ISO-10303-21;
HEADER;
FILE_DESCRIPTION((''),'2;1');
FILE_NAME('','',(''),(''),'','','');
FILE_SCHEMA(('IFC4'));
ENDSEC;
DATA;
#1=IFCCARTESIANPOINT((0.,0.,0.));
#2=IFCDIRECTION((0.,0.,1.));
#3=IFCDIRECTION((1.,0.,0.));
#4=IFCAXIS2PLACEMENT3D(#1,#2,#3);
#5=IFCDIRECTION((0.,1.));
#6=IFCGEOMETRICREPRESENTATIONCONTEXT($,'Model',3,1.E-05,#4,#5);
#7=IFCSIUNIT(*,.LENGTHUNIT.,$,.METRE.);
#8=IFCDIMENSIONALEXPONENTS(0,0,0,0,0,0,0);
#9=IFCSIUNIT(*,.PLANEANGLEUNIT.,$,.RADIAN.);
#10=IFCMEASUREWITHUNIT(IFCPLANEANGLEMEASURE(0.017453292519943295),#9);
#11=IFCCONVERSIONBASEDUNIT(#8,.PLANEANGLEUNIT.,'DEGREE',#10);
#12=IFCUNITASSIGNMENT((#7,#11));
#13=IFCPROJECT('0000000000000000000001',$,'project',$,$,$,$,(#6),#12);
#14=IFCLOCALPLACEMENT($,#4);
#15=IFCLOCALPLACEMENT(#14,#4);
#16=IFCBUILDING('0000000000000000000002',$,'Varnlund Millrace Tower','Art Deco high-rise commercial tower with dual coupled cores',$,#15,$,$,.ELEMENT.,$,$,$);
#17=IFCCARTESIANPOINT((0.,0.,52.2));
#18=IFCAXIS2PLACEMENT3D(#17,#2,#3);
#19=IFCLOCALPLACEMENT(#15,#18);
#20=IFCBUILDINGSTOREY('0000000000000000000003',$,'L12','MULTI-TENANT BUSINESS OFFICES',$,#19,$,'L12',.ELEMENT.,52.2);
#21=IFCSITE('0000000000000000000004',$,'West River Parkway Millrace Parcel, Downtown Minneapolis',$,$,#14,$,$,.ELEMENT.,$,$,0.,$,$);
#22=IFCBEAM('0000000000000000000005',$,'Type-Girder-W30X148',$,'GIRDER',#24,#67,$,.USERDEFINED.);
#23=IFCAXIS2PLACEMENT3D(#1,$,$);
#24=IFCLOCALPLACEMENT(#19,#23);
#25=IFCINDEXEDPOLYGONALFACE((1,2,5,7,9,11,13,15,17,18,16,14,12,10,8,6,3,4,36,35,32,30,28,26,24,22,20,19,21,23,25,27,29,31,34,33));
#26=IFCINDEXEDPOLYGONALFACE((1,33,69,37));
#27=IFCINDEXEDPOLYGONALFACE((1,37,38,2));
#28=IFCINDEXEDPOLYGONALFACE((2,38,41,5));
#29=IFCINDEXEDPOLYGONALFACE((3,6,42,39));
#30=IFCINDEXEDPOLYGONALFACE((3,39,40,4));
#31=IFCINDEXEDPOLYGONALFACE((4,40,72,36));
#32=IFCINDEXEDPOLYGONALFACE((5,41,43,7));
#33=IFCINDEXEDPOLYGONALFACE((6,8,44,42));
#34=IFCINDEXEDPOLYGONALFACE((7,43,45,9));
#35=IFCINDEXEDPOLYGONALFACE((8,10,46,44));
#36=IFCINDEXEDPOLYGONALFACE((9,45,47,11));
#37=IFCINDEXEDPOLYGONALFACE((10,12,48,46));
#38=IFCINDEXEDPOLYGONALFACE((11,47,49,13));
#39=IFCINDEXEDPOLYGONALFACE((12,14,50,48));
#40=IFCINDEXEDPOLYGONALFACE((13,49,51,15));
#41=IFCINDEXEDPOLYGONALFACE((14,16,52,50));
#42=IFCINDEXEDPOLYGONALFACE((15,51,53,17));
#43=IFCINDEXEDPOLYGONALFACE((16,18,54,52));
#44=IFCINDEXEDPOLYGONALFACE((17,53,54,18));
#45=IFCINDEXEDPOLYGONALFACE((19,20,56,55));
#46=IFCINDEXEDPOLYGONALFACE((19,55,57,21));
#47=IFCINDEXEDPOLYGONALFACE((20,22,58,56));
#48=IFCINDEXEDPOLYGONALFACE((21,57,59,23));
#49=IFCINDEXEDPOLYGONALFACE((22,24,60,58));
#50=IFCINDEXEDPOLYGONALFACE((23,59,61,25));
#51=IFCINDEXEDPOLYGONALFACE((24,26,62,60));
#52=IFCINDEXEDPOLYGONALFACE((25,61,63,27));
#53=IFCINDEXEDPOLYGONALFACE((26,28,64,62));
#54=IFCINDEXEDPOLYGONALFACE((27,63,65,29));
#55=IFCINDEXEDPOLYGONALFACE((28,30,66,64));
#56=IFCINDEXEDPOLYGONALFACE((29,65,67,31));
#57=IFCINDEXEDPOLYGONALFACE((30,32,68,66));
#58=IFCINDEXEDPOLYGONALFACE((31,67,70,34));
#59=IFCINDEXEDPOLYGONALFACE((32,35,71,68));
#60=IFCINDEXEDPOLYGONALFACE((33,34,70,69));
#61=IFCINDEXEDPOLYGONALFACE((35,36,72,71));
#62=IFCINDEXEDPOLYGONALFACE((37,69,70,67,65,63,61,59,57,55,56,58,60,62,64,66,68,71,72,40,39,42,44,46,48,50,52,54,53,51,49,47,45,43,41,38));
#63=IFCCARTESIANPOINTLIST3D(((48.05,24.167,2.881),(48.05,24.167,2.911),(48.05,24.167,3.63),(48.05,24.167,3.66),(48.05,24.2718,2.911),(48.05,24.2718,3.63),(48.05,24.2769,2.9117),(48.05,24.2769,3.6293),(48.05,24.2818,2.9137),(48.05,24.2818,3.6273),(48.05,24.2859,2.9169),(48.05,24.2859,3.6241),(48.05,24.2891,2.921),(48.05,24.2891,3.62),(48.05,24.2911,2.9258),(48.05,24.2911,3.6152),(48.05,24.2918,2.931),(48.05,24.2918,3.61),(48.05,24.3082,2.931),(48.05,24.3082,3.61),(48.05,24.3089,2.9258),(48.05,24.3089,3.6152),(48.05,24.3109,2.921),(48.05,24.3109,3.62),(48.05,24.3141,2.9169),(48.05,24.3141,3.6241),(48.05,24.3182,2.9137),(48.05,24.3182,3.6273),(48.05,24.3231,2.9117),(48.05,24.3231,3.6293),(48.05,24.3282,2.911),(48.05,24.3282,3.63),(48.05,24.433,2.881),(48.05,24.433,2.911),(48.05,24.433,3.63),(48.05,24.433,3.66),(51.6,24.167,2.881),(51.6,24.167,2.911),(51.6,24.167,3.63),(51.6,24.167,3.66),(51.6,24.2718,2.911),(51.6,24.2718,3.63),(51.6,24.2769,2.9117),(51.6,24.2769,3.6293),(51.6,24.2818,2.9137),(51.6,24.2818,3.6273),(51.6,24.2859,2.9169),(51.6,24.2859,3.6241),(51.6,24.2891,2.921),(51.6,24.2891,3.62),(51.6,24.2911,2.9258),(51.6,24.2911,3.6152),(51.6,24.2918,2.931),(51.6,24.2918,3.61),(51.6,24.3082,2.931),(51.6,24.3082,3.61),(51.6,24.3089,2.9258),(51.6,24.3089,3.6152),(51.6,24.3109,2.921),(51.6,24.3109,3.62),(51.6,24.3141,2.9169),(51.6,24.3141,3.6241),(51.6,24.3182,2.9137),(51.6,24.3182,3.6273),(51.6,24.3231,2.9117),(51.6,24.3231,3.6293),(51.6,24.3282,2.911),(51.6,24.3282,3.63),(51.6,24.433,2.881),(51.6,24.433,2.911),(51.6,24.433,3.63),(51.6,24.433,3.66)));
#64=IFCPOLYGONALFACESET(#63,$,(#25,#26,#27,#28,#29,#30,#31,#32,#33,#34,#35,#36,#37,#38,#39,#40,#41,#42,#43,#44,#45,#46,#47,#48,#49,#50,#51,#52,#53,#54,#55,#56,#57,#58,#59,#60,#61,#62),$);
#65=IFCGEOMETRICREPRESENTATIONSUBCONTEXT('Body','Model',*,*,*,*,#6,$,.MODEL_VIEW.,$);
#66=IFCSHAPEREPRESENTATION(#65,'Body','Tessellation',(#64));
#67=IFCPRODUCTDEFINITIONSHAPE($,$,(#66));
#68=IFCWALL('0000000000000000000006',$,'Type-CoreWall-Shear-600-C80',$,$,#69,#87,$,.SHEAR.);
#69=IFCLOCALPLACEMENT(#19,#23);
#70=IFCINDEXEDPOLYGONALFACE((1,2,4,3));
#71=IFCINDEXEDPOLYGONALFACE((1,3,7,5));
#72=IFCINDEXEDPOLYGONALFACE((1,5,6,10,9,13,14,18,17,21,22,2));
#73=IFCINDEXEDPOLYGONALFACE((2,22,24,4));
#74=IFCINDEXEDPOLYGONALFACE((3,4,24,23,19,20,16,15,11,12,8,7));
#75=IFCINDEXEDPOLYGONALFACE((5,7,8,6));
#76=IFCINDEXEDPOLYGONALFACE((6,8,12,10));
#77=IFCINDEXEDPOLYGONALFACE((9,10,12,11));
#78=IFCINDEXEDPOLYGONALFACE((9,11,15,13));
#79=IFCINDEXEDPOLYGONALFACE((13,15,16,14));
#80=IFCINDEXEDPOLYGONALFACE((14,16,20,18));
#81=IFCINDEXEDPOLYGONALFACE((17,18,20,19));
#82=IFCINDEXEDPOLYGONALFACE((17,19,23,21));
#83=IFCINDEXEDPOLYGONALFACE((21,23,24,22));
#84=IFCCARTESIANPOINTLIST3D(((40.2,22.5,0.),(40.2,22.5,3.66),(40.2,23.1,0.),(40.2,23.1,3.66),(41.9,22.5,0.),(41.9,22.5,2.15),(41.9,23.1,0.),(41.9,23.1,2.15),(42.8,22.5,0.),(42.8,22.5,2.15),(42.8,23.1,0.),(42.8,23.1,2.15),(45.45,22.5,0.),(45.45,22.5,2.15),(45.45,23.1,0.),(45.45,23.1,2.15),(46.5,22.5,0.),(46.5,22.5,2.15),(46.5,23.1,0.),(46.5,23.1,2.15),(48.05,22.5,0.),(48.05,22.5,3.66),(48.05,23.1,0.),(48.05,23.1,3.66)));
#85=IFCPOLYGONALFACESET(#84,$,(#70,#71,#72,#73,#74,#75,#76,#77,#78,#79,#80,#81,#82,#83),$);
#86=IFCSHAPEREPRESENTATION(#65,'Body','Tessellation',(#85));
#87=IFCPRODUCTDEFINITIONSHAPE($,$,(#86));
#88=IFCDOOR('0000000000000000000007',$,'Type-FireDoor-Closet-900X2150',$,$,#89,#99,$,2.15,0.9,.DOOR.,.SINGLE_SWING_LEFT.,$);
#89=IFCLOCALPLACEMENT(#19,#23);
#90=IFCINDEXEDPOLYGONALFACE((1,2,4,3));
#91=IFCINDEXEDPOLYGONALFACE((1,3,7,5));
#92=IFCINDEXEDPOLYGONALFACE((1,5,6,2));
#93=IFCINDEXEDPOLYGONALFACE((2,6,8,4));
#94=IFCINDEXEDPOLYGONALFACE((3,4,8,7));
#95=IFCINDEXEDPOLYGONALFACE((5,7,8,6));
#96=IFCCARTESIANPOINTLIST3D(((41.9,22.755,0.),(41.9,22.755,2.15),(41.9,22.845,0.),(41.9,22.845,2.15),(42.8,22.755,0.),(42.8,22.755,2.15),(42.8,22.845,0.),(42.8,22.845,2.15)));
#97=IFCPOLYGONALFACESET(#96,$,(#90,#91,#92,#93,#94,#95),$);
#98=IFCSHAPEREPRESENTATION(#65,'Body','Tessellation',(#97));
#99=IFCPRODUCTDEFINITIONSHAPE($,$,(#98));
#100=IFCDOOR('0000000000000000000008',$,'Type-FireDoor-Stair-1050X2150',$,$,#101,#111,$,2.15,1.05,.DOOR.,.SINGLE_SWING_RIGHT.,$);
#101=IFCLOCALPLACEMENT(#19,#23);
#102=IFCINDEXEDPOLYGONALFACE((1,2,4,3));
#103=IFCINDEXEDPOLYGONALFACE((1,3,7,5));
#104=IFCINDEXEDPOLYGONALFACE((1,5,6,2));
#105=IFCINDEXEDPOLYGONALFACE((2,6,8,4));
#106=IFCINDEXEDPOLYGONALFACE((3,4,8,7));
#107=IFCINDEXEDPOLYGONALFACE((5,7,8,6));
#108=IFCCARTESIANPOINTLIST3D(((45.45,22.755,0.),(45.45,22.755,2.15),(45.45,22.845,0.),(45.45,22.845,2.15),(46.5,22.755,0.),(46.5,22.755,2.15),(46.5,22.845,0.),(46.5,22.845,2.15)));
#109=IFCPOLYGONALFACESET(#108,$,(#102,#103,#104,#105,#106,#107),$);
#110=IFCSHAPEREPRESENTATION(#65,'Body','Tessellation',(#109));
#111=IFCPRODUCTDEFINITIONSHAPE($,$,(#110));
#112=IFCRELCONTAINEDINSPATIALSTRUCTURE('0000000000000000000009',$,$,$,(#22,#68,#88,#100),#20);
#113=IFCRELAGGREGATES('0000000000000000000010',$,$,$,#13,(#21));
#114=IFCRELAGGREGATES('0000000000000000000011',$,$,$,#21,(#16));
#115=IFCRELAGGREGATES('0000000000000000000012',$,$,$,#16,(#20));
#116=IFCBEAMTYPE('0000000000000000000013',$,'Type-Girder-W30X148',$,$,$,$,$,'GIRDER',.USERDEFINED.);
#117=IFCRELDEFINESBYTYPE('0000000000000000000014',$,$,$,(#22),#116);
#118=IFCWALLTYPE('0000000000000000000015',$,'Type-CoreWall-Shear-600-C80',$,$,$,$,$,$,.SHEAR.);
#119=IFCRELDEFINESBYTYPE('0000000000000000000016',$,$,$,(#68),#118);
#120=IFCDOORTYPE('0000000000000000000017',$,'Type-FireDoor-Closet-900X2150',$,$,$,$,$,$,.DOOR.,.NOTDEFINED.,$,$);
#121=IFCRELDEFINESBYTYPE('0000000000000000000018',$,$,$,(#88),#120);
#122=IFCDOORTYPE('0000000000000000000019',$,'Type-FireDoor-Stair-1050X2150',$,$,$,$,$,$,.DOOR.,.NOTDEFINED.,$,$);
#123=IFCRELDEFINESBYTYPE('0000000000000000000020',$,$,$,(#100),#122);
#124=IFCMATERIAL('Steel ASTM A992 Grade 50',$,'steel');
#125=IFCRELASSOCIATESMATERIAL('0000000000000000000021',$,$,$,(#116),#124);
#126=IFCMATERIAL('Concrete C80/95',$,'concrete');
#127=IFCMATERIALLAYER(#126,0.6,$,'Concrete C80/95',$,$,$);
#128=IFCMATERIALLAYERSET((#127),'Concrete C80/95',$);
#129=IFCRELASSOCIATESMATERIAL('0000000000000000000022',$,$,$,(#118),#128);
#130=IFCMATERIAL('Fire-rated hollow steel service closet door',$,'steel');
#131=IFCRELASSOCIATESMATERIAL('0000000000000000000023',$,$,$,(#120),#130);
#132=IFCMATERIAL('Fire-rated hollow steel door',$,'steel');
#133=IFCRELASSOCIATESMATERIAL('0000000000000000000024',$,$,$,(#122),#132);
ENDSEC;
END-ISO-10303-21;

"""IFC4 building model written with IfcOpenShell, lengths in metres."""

from ifc_helpers import new_model, entity, si_unit, converted_unit, direction, frame, origin_with_axes, origin_2d_with_axis, place, context, subcontext, project, spatial, polyline, rectangle, i_section, outline, extrude, material, layer, layer_set, material_profile, profile_set, type_object, element, fill, save


model = new_model("IFC4")

# Units and contexts
model_context = context("Model", 3, precision=1e-05, world=origin_with_axes(), true_north=direction((0.0, 1.0)))
body_context = subcontext(model_context, "Body", "Model", "MODEL_VIEW")
ifc_project = project(units=[si_unit("LENGTHUNIT", "METRE"), converted_unit("PLANEANGLEUNIT", "DEGREE", entity("IfcPlaneAngleMeasure", 0.017453292519943295), si_unit("PLANEANGLEUNIT", "RADIAN"), dimensions=[0, 0, 0, 0, 0, 0, 0])], contexts=[model_context])

# Site, building, storey
site_placement = place(None, origin_with_axes())
site = spatial("IfcSite", under=ifc_project, at=site_placement, Name="West River Parkway Millrace Parcel, Downtown Minneapolis", CompositionType="ELEMENT", RefElevation=0.0)
building_placement = place(site_placement, origin_with_axes())
building = spatial("IfcBuilding", under=site, at=building_placement, Name="Varnlund Millrace Tower", Description="Art Deco high-rise commercial tower with dual coupled cores", CompositionType="ELEMENT")
storey_placement = place(building_placement, frame((0.0, 0.0, 52.2), z_axis=(0.0, 0.0, 1.0), x_axis=(1.0, 0.0, 0.0)))
storey = spatial("IfcBuildingStorey", under=building, at=storey_placement, Name="L12", Description="MULTI-TENANT BUSINESS OFFICES", LongName="L12", CompositionType="ELEMENT", Elevation=52.2)

# Shared definitions
ifc_material_1 = material(Name="Concrete C80/95", Category="concrete")

# Beam
ifc_material_2 = material(Name="Steel ASTM A992 Grade 50", Category="steel")
ifc_material_profile_1 = material_profile(ifc_material_2, i_section(OverallWidth=0.266, OverallDepth=0.779, WebThickness=0.0165, FlangeThickness=0.03, FilletRadius=0.02, at=origin_2d_with_axis()), Name="Steel ASTM A992 Grade 50")
ifc_profile_set_1 = profile_set([ifc_material_profile_1], Name="Steel ASTM A992 Grade 50")
beam_type_1 = type_object("IfcBeamType", Name="Type-Girder-W30X148", ElementType="GIRDER", PredefinedType="USERDEFINED", material=ifc_profile_set_1)
beam_1_placement = place(storey_placement, frame((48.05, 24.3, 3.2705), z_axis=(1.0, 0.0, 0.0), x_axis=(0.0, 1.0, 0.0)))
element("IfcBeam", 1, at=beam_1_placement, inside=storey, type_object=beam_type_1, Name="Type-Girder-W30X148", ObjectType="GIRDER", PredefinedType="USERDEFINED", context=body_context, shape_type="SweptSolid", body=[
    extrude(i_section(OverallWidth=0.266, OverallDepth=0.779, WebThickness=0.0165, FlangeThickness=0.03, FilletRadius=0.02, at=origin_2d_with_axis()), origin_with_axes(), (0.0, 0.0, 1.0), 3.55),
])

# Wall, openings, doors
ifc_layer_1 = layer(ifc_material_1, 0.6, Name="Concrete C80/95")
ifc_layer_set_1 = layer_set([ifc_layer_1], Name="Concrete C80/95")
wall_type_1 = type_object("IfcWallType", Name="Type-CoreWall-Shear-600-C80", PredefinedType="SHEAR", material=ifc_layer_set_1)
wall_1_placement = place(storey_placement, frame((40.2, 22.8, 0.0), z_axis=(0.0, 0.0, 1.0), x_axis=(1.0, 0.0, 0.0)))
wall_1 = element("IfcWall", 2, at=wall_1_placement, inside=storey, type_object=wall_type_1, Name="Type-CoreWall-Shear-600-C80", PredefinedType="SHEAR", context=body_context, shape_type="SweptSolid", body=[
    extrude(outline(polyline([(0.0, -0.3), (7.85, -0.3), (7.85, 0.3), (0.0, 0.3), (0.0, -0.3)])), origin_with_axes(), (0.0, 0.0, 1.0), 3.66),
])
opening_1_placement = place(wall_1_placement, frame((5.775, 0.0, 0.0), z_axis=(0.0, 0.0, 1.0), x_axis=(1.0, 0.0, 0.0)))
opening_1 = element("IfcOpeningElement", 3, at=opening_1_placement, cuts=wall_1, PredefinedType="OPENING", context=body_context, shape_type="SweptSolid", body=[
    extrude(rectangle(XDim=1.05, YDim=0.62, at=origin_2d_with_axis()), origin_with_axes(), (0.0, 0.0, 1.0), 2.15),
])
opening_2_placement = place(wall_1_placement, frame((2.15, 0.0, 0.0), z_axis=(0.0, 0.0, 1.0), x_axis=(1.0, 0.0, 0.0)))
opening_2 = element("IfcOpeningElement", 4, at=opening_2_placement, cuts=wall_1, PredefinedType="OPENING", context=body_context, shape_type="SweptSolid", body=[
    extrude(rectangle(XDim=0.9, YDim=0.62, at=origin_2d_with_axis()), origin_with_axes(), (0.0, 0.0, 1.0), 2.15),
])
ifc_material_3 = material(Name="Fire-rated hollow steel service closet door", Category="steel")
door_type_1 = type_object("IfcDoorType", Name="Type-FireDoor-Closet-900X2150", OperationType="NOTDEFINED", PredefinedType="DOOR", material=ifc_material_3)
door_1_placement = place(wall_1_placement, frame((2.15, 0.0, 0.0), z_axis=(0.0, 0.0, 1.0), x_axis=(1.0, 0.0, 0.0)))
door_1 = element("IfcDoor", 5, at=door_1_placement, inside=storey, type_object=door_type_1, Name="Type-FireDoor-Closet-900X2150", OperationType="SINGLE_SWING_LEFT", OverallHeight=2.15, OverallWidth=0.9, PredefinedType="DOOR", context=body_context, shape_type="SweptSolid", body=[
    extrude(rectangle(XDim=0.9, YDim=0.09, at=origin_2d_with_axis()), origin_with_axes(), (0.0, 0.0, 1.0), 2.15),
])
fill(opening_2, door_1)
ifc_material_4 = material(Name="Fire-rated hollow steel door", Category="steel")
door_type_2 = type_object("IfcDoorType", Name="Type-FireDoor-Stair-1050X2150", OperationType="NOTDEFINED", PredefinedType="DOOR", material=ifc_material_4)
door_2_placement = place(wall_1_placement, frame((5.775, 0.0, 0.0), z_axis=(0.0, 0.0, 1.0), x_axis=(1.0, 0.0, 0.0)))
door_2 = element("IfcDoor", 6, at=door_2_placement, inside=storey, type_object=door_type_2, Name="Type-FireDoor-Stair-1050X2150", OperationType="SINGLE_SWING_RIGHT", OverallHeight=2.15, OverallWidth=1.05, PredefinedType="DOOR", context=body_context, shape_type="SweptSolid", body=[
    extrude(rectangle(XDim=1.05, YDim=0.09, at=origin_2d_with_axis()), origin_with_axes(), (0.0, 0.0, 1.0), 2.15),
])
fill(opening_1, door_2)

save(model, "model.ifc")
